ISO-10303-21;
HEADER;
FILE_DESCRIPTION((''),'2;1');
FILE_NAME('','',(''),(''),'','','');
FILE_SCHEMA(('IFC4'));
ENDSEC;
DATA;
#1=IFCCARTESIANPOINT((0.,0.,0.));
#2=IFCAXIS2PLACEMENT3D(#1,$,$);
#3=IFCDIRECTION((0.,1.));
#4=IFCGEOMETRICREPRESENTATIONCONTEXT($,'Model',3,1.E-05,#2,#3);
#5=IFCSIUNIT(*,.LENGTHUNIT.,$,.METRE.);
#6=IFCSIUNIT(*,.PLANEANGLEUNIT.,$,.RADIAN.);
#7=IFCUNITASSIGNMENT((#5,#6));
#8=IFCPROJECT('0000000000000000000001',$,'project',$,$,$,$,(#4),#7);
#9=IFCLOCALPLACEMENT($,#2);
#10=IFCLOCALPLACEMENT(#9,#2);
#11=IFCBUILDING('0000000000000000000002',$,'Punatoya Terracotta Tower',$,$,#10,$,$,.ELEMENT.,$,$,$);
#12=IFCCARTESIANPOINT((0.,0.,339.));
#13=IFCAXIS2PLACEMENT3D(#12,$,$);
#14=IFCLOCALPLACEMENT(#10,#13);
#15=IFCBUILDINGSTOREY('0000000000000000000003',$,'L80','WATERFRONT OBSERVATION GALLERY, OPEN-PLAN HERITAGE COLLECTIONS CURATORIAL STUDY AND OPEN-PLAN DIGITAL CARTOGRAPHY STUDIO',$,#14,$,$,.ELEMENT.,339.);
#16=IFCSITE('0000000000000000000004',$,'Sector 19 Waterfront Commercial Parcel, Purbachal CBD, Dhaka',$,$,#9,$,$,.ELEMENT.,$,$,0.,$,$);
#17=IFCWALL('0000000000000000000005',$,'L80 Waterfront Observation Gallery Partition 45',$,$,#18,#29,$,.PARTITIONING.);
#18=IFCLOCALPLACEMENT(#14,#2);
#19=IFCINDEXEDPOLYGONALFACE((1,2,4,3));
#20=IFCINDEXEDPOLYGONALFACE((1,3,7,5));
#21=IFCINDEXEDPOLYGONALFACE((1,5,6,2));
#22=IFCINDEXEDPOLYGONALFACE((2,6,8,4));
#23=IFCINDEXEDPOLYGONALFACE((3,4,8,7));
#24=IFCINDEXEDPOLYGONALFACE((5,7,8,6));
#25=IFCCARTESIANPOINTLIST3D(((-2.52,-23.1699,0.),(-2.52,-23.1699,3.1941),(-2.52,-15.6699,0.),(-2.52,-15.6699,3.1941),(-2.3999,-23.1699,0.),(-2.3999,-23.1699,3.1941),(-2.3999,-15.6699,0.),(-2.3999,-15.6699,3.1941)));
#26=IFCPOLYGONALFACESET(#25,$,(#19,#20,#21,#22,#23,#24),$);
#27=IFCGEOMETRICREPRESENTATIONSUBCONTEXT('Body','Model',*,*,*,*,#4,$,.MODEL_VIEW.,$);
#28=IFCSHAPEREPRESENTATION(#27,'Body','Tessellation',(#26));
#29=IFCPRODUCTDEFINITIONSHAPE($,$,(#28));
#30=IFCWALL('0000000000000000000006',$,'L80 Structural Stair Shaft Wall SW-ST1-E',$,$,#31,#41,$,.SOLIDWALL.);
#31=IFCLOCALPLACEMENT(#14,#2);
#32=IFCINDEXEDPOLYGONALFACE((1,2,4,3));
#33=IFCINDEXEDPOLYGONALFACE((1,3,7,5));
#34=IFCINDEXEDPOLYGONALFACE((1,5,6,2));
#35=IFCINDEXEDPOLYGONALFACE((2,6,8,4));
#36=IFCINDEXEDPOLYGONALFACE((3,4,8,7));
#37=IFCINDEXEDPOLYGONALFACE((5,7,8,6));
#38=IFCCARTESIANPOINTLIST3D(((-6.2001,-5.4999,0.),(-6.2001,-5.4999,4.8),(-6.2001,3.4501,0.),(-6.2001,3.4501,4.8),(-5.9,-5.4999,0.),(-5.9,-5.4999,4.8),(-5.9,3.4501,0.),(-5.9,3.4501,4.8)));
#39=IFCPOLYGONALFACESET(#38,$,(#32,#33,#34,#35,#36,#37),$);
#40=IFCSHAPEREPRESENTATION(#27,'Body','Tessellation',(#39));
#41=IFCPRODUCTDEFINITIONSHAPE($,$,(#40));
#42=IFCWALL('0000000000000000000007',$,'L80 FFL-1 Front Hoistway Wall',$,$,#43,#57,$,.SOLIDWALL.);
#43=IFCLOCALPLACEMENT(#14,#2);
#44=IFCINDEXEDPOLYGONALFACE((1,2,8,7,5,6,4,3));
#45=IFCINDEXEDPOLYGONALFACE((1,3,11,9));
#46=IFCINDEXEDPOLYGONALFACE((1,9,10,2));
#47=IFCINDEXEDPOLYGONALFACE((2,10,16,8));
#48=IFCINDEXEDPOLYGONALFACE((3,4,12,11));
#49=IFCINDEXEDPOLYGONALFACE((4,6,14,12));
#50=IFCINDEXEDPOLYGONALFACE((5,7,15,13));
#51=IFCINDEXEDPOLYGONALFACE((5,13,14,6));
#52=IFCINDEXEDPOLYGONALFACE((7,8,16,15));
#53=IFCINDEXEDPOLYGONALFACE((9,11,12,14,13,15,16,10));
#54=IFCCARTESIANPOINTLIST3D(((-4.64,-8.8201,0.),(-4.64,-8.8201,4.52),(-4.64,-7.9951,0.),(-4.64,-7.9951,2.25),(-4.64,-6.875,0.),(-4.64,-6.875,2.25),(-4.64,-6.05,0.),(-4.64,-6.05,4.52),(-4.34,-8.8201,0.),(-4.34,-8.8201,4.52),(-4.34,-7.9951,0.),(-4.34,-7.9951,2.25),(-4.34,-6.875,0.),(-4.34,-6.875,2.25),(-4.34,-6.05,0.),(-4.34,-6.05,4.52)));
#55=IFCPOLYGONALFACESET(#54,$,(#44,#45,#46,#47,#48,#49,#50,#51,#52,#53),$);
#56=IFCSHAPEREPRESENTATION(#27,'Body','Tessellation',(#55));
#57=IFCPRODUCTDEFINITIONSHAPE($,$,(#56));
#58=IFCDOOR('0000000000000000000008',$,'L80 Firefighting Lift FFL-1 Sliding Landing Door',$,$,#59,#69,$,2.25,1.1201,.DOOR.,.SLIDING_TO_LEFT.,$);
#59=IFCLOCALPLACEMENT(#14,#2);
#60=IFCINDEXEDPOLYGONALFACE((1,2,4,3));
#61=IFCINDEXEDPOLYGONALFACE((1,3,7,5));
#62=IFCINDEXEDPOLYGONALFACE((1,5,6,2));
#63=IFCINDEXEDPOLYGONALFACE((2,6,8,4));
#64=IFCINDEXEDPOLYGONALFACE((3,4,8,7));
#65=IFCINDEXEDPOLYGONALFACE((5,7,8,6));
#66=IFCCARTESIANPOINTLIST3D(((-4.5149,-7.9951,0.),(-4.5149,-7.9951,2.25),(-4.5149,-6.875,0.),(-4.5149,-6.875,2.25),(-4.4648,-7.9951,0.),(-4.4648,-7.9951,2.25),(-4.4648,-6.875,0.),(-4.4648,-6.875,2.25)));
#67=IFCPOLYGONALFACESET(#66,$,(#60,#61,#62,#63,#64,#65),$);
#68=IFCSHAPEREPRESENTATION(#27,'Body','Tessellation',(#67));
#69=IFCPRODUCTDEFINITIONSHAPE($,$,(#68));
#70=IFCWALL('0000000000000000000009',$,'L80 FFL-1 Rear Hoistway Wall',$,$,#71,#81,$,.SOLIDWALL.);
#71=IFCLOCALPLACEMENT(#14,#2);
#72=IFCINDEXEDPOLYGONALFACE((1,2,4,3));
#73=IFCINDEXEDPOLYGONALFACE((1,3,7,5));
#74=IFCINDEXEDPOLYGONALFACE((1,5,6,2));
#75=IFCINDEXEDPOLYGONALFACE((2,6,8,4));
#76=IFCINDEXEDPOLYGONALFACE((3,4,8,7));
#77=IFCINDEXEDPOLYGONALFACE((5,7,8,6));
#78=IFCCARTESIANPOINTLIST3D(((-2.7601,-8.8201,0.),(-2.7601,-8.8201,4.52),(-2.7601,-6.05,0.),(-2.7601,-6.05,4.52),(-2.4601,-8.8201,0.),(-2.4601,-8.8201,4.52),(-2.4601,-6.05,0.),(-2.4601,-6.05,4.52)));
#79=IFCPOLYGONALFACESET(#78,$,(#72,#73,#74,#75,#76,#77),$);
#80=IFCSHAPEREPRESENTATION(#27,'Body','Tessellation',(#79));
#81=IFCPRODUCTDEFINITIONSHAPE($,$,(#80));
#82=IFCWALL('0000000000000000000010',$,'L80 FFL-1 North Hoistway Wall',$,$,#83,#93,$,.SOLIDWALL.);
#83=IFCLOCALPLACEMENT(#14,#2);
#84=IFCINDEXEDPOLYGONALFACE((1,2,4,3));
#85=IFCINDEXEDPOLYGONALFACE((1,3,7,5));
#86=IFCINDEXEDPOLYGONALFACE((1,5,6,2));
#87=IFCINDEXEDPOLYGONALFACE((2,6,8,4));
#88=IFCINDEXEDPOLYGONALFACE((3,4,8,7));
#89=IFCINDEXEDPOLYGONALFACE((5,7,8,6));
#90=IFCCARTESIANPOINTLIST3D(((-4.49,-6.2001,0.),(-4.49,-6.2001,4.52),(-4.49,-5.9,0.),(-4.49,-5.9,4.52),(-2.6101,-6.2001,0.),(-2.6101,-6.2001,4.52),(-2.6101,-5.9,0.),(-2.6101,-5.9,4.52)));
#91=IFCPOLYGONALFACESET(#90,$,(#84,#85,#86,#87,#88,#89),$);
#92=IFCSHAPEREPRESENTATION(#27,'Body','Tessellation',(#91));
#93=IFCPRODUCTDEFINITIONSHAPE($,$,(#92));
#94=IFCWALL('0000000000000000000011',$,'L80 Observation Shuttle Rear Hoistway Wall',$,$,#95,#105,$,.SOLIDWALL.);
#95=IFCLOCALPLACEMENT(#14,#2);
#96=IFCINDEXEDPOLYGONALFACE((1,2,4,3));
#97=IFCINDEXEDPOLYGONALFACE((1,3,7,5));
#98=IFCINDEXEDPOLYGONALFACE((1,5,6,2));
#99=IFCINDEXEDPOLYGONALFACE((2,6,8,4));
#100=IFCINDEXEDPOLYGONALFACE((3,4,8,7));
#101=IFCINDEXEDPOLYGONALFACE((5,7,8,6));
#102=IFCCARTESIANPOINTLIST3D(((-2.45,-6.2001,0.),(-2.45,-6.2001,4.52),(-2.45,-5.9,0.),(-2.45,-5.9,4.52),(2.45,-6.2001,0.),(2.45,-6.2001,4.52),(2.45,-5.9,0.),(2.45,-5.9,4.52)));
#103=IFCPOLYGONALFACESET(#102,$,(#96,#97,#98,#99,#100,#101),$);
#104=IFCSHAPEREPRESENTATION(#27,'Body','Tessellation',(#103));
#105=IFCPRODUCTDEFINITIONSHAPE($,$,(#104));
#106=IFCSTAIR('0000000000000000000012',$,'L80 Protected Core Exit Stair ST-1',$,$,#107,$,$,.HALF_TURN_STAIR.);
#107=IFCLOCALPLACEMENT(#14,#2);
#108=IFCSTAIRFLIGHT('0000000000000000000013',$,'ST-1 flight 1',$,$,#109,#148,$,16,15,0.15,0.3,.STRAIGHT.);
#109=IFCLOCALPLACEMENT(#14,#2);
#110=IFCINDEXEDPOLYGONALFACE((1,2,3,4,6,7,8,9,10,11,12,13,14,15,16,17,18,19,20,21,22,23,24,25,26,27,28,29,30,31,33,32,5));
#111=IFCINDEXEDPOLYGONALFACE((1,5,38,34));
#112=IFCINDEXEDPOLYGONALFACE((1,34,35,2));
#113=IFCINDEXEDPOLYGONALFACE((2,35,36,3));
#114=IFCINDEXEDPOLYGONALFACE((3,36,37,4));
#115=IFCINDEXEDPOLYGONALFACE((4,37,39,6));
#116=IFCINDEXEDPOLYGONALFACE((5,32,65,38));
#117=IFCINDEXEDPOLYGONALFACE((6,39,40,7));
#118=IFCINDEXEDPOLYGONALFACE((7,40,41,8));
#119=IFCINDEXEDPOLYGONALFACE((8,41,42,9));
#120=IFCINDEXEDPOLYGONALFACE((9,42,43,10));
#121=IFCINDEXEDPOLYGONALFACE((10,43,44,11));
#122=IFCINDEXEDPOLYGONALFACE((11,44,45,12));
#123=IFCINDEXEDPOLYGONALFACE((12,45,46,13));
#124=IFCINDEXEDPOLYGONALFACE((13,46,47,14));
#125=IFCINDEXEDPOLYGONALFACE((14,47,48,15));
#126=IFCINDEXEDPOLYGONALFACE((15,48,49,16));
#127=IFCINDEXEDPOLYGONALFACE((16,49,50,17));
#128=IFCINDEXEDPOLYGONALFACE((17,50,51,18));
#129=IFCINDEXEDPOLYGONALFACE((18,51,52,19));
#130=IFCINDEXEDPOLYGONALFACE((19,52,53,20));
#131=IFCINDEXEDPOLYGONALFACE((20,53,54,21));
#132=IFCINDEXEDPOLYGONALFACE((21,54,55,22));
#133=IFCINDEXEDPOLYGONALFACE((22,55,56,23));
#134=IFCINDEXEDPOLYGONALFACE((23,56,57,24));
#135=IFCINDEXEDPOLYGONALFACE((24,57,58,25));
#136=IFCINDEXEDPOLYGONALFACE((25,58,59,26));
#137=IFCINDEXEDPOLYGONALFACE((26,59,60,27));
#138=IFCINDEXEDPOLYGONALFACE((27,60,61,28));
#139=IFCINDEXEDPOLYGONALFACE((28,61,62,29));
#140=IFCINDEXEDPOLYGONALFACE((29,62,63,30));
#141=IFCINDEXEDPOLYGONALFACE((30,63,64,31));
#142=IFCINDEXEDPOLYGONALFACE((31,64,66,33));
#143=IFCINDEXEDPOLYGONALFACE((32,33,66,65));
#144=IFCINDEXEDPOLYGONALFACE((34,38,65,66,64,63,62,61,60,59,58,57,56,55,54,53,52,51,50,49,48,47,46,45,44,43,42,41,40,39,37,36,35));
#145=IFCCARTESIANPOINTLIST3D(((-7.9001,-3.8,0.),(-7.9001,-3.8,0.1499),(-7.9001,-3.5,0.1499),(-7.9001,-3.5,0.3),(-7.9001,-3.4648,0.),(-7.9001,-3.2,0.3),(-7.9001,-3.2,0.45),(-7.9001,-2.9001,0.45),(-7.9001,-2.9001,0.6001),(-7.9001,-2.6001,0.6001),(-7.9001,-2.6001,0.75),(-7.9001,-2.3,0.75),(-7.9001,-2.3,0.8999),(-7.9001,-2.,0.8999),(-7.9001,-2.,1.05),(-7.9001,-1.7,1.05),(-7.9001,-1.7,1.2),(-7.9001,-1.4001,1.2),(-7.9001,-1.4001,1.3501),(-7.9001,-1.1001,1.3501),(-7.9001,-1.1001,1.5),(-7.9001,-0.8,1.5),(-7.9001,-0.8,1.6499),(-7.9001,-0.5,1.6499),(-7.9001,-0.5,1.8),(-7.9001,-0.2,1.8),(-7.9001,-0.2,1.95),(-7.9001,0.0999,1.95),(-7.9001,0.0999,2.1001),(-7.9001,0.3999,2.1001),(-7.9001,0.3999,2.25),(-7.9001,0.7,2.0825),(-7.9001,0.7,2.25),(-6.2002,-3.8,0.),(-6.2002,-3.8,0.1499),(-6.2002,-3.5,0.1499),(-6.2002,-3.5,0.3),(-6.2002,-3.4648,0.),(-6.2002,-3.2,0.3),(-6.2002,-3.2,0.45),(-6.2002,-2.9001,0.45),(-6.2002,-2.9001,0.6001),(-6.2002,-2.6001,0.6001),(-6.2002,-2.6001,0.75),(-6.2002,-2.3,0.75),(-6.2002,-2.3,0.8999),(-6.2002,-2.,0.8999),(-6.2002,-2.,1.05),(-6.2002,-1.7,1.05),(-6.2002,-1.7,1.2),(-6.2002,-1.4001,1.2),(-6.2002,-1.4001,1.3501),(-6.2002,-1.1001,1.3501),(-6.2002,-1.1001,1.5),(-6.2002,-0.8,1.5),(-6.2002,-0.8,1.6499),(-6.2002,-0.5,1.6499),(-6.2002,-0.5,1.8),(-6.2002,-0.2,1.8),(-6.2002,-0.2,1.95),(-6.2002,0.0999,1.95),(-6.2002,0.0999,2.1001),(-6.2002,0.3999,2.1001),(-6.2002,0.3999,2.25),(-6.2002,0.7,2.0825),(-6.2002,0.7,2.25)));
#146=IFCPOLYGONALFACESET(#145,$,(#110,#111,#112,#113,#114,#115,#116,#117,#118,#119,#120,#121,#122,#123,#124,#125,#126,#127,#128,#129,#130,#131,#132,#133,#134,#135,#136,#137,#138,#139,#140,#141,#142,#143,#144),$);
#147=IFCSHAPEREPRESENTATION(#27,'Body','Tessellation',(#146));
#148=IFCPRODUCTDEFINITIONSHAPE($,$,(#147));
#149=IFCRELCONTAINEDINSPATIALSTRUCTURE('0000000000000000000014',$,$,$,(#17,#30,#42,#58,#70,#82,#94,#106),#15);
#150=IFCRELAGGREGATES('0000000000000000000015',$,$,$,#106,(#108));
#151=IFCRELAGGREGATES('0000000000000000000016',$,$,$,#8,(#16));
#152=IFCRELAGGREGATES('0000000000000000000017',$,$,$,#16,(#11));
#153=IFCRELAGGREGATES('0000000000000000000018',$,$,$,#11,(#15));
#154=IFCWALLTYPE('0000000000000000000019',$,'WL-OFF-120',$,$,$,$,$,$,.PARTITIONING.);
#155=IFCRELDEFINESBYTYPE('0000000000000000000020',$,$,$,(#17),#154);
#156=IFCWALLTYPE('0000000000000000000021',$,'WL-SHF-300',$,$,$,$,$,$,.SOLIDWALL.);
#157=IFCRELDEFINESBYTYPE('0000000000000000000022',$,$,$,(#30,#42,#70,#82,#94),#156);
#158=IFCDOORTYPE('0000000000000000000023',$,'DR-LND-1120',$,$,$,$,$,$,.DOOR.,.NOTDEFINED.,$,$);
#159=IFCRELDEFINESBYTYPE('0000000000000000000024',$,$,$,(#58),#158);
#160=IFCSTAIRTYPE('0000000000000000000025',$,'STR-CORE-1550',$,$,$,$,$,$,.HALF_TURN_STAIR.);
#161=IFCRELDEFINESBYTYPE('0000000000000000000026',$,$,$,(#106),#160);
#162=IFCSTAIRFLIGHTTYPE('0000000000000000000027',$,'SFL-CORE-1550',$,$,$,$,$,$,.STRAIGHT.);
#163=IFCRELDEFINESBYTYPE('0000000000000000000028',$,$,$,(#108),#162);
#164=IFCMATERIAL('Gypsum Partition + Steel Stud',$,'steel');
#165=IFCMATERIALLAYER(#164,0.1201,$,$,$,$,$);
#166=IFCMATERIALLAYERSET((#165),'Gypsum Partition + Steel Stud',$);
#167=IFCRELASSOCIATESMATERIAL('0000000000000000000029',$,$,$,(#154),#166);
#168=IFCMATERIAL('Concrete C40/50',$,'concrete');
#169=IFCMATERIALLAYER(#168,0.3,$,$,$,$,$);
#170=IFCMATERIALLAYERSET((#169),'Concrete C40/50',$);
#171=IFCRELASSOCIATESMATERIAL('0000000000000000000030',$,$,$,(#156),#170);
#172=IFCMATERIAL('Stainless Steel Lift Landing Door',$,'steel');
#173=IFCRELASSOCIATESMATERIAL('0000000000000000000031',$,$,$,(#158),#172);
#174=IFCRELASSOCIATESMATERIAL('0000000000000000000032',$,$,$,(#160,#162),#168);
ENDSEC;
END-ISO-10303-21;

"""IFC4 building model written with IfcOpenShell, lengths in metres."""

from ifc_helpers import new_model, si_unit, direction, frame, frame_2d, origin, place, context, subcontext, project, spatial, polyline, rectangle, outline, extrude, material, layer, layer_set, type_object, element, fill, aggregate, save


model = new_model("IFC4")

# Units and contexts
model_context = context("Model", 3, precision=1e-05, world=origin(), true_north=direction((0.0, 1.0)))
body_context = subcontext(model_context, "Body", "Model", "MODEL_VIEW")
ifc_project = project(units=[si_unit("LENGTHUNIT", "METRE"), si_unit("PLANEANGLEUNIT", "RADIAN")], contexts=[model_context])

# Site, building, storey
site_placement = place(None, origin())
site = spatial("IfcSite", under=ifc_project, at=site_placement, Name="Sector 19 Waterfront Commercial Parcel, Purbachal CBD, Dhaka", CompositionType="ELEMENT", RefElevation=0.0)
building_placement = place(site_placement, origin())
building = spatial("IfcBuilding", under=site, at=building_placement, Name="Punatoya Terracotta Tower", CompositionType="ELEMENT")
storey_placement = place(building_placement, frame((0.0, 0.0, 339.0)))
storey = spatial("IfcBuildingStorey", under=building, at=storey_placement, Name="L80", Description="WATERFRONT OBSERVATION GALLERY, OPEN-PLAN HERITAGE COLLECTIONS CURATORIAL STUDY AND OPEN-PLAN DIGITAL CARTOGRAPHY STUDIO", CompositionType="ELEMENT", Elevation=339.0)

# Shared definitions
ifc_material_1 = material(Name="Concrete C40/50", Category="concrete")

# Walls
ifc_material_2 = material(Name="Gypsum Partition + Steel Stud", Category="steel")
ifc_layer_1 = layer(ifc_material_2, 0.1201)
ifc_layer_set_1 = layer_set([ifc_layer_1], Name="Gypsum Partition + Steel Stud")
wall_type_1 = type_object("IfcWallType", Name="WL-OFF-120", PredefinedType="PARTITIONING", material=ifc_layer_set_1)
wall_1_placement = place(storey_placement, frame((-2.46, -15.6699, 0.0), z_axis=(0.0, 0.0, 1.0), x_axis=(0.0, -1.0, 0.0)))
element("IfcWall", 1, at=wall_1_placement, inside=storey, type_object=wall_type_1, Name="L80 Waterfront Observation Gallery Partition 45", PredefinedType="PARTITIONING", context=body_context, shape_type="SweptSolid", body=[
    extrude(rectangle(XDim=7.5, YDim=0.1201, at=frame_2d((3.75, 0.0))), origin(), (0.0, 0.0, 1.0), 3.1941),
])
ifc_layer_2 = layer(ifc_material_1, 0.3)
ifc_layer_set_2 = layer_set([ifc_layer_2], Name="Concrete C40/50")
wall_type_2 = type_object("IfcWallType", Name="WL-SHF-300", PredefinedType="SOLIDWALL", material=ifc_layer_set_2)
wall_2_placement = place(storey_placement, frame((-6.05, -5.5, 0.0), z_axis=(0.0, 0.0, 1.0), x_axis=(0.0, 1.0, 0.0)))
element("IfcWall", 2, at=wall_2_placement, inside=storey, type_object=wall_type_2, Name="L80 Structural Stair Shaft Wall SW-ST1-E", PredefinedType="SOLIDWALL", context=body_context, shape_type="SweptSolid", body=[
    extrude(rectangle(XDim=8.95, YDim=0.3, at=frame_2d((4.4751, 0.0))), origin(), (0.0, 0.0, 1.0), 4.8),
])

# Wall, opening, door
wall_3_placement = place(storey_placement, frame((-4.49, -8.8201, 0.0), z_axis=(0.0, 0.0, 1.0), x_axis=(0.0, 1.0, 0.0)))
wall_3 = element("IfcWall", 3, at=wall_3_placement, inside=storey, type_object=wall_type_2, Name="L80 FFL-1 Front Hoistway Wall", PredefinedType="SOLIDWALL", context=body_context, shape_type="SweptSolid", body=[
    extrude(rectangle(XDim=2.77, YDim=0.3, at=frame_2d((1.385, 0.0))), origin(), (0.0, 0.0, 1.0), 4.52),
])
opening_1_placement = place(wall_3_placement, frame((0.825, 0.0, 0.0)))
opening_1 = element("IfcOpeningElement", 4, at=opening_1_placement, cuts=wall_3, PredefinedType="OPENING", context=body_context, shape_type="SweptSolid", body=[
    extrude(rectangle(XDim=1.1201, YDim=2.25, at=frame_2d((0.5601, 1.125))), frame((0.0, 0.1599, 0.0), z_axis=(0.0, -1.0, 0.0), x_axis=(1.0, 0.0, 0.0)), (0.0, 0.0, 1.0), 0.3201),
])
ifc_material_3 = material(Name="Stainless Steel Lift Landing Door", Category="steel")
door_type_1 = type_object("IfcDoorType", Name="DR-LND-1120", OperationType="NOTDEFINED", PredefinedType="DOOR", material=ifc_material_3)
door_1_placement = place(opening_1_placement, origin())
door_1 = element("IfcDoor", 5, at=door_1_placement, inside=storey, type_object=door_type_1, Name="L80 Firefighting Lift FFL-1 Sliding Landing Door", OperationType="SLIDING_TO_LEFT", OverallHeight=2.25, OverallWidth=1.1201, PredefinedType="DOOR", context=body_context, shape_type="SweptSolid", body=[
    extrude(rectangle(XDim=1.1201, YDim=2.25, at=frame_2d((0.5601, 1.125))), frame((0.0, 0.0249, 0.0), z_axis=(0.0, -1.0, 0.0), x_axis=(1.0, 0.0, 0.0)), (0.0, 0.0, 1.0), 0.05),
])
fill(opening_1, door_1)

# Walls
wall_4_placement = place(storey_placement, frame((-2.6101, -8.8201, 0.0), z_axis=(0.0, 0.0, 1.0), x_axis=(0.0, 1.0, 0.0)))
element("IfcWall", 6, at=wall_4_placement, inside=storey, type_object=wall_type_2, Name="L80 FFL-1 Rear Hoistway Wall", PredefinedType="SOLIDWALL", context=body_context, shape_type="SweptSolid", body=[
    extrude(rectangle(XDim=2.77, YDim=0.3, at=frame_2d((1.385, 0.0))), origin(), (0.0, 0.0, 1.0), 4.52),
])
wall_5_placement = place(storey_placement, frame((-4.49, -6.05, 0.0), z_axis=(0.0, 0.0, 1.0), x_axis=(1.0, 0.0, 0.0)))
element("IfcWall", 7, at=wall_5_placement, inside=storey, type_object=wall_type_2, Name="L80 FFL-1 North Hoistway Wall", PredefinedType="SOLIDWALL", context=body_context, shape_type="SweptSolid", body=[
    extrude(rectangle(XDim=1.8799, YDim=0.3, at=frame_2d((0.9399, 0.0))), origin(), (0.0, 0.0, 1.0), 4.52),
])
wall_6_placement = place(storey_placement, frame((-2.45, -6.05, 0.0), z_axis=(0.0, 0.0, 1.0), x_axis=(1.0, 0.0, 0.0)))
element("IfcWall", 8, at=wall_6_placement, inside=storey, type_object=wall_type_2, Name="L80 Observation Shuttle Rear Hoistway Wall", PredefinedType="SOLIDWALL", context=body_context, shape_type="SweptSolid", body=[
    extrude(rectangle(XDim=4.8999, YDim=0.3, at=frame_2d((2.45, 0.0))), origin(), (0.0, 0.0, 1.0), 4.52),
])

# Stair, stair flight
stair_type = type_object("IfcStairType", Name="STR-CORE-1550", PredefinedType="HALF_TURN_STAIR", material=ifc_material_1)
stair_placement = place(storey_placement, origin())
stair = element("IfcStair", 9, at=stair_placement, inside=storey, type_object=stair_type, Name="L80 Protected Core Exit Stair ST-1", PredefinedType="HALF_TURN_STAIR")
stair_flight_type = type_object("IfcStairFlightType", Name="SFL-CORE-1550", PredefinedType="STRAIGHT", material=ifc_material_1)
stair_flight_placement = place(storey_placement, frame((-7.05, -3.8, 0.0), z_axis=(0.0, 0.0, 1.0), x_axis=(0.0, 1.0, 0.0)))
stair_flight = element("IfcStairFlight", 10, at=stair_flight_placement, type_object=stair_flight_type, Name="ST-1 flight 1", NumberOfRisers=16, NumberOfTreads=15, PredefinedType="STRAIGHT", RiserHeight=0.15, TreadLength=0.3, context=body_context, shape_type="SweptSolid", body=[
    extrude(outline(polyline([(0.0, 0.0), (0.0, 0.1499), (0.3, 0.1499), (0.3, 0.3), (0.6001, 0.3), (0.6001, 0.45), (0.8999, 0.45), (0.8999, 0.6001), (1.2, 0.6001), (1.2, 0.75), (1.5, 0.75), (1.5, 0.8999), (1.8, 0.8999), (1.8, 1.05), (2.1001, 1.05), (2.1001, 1.2), (2.3999, 1.2), (2.3999, 1.3501), (2.7, 1.3501), (2.7, 1.5), (3.0, 1.5), (3.0, 1.6499), (3.3, 1.6499), (3.3, 1.8), (3.6001, 1.8), (3.6001, 1.95), (3.8999, 1.95), (3.8999, 2.1001), (4.2, 2.1001), (4.2, 2.25), (4.5, 2.25), (4.5, 2.3999), (4.5, 2.0825), (0.3352, 0.0), (0.0, 0.0)])), frame((0.0, 0.8501, 0.0), z_axis=(0.0, -1.0, 0.0), x_axis=(1.0, 0.0, 0.0)), (0.0, 0.0, 1.0), 1.7),
])
aggregate(stair, [stair_flight])

save(model, "model.ifc")
